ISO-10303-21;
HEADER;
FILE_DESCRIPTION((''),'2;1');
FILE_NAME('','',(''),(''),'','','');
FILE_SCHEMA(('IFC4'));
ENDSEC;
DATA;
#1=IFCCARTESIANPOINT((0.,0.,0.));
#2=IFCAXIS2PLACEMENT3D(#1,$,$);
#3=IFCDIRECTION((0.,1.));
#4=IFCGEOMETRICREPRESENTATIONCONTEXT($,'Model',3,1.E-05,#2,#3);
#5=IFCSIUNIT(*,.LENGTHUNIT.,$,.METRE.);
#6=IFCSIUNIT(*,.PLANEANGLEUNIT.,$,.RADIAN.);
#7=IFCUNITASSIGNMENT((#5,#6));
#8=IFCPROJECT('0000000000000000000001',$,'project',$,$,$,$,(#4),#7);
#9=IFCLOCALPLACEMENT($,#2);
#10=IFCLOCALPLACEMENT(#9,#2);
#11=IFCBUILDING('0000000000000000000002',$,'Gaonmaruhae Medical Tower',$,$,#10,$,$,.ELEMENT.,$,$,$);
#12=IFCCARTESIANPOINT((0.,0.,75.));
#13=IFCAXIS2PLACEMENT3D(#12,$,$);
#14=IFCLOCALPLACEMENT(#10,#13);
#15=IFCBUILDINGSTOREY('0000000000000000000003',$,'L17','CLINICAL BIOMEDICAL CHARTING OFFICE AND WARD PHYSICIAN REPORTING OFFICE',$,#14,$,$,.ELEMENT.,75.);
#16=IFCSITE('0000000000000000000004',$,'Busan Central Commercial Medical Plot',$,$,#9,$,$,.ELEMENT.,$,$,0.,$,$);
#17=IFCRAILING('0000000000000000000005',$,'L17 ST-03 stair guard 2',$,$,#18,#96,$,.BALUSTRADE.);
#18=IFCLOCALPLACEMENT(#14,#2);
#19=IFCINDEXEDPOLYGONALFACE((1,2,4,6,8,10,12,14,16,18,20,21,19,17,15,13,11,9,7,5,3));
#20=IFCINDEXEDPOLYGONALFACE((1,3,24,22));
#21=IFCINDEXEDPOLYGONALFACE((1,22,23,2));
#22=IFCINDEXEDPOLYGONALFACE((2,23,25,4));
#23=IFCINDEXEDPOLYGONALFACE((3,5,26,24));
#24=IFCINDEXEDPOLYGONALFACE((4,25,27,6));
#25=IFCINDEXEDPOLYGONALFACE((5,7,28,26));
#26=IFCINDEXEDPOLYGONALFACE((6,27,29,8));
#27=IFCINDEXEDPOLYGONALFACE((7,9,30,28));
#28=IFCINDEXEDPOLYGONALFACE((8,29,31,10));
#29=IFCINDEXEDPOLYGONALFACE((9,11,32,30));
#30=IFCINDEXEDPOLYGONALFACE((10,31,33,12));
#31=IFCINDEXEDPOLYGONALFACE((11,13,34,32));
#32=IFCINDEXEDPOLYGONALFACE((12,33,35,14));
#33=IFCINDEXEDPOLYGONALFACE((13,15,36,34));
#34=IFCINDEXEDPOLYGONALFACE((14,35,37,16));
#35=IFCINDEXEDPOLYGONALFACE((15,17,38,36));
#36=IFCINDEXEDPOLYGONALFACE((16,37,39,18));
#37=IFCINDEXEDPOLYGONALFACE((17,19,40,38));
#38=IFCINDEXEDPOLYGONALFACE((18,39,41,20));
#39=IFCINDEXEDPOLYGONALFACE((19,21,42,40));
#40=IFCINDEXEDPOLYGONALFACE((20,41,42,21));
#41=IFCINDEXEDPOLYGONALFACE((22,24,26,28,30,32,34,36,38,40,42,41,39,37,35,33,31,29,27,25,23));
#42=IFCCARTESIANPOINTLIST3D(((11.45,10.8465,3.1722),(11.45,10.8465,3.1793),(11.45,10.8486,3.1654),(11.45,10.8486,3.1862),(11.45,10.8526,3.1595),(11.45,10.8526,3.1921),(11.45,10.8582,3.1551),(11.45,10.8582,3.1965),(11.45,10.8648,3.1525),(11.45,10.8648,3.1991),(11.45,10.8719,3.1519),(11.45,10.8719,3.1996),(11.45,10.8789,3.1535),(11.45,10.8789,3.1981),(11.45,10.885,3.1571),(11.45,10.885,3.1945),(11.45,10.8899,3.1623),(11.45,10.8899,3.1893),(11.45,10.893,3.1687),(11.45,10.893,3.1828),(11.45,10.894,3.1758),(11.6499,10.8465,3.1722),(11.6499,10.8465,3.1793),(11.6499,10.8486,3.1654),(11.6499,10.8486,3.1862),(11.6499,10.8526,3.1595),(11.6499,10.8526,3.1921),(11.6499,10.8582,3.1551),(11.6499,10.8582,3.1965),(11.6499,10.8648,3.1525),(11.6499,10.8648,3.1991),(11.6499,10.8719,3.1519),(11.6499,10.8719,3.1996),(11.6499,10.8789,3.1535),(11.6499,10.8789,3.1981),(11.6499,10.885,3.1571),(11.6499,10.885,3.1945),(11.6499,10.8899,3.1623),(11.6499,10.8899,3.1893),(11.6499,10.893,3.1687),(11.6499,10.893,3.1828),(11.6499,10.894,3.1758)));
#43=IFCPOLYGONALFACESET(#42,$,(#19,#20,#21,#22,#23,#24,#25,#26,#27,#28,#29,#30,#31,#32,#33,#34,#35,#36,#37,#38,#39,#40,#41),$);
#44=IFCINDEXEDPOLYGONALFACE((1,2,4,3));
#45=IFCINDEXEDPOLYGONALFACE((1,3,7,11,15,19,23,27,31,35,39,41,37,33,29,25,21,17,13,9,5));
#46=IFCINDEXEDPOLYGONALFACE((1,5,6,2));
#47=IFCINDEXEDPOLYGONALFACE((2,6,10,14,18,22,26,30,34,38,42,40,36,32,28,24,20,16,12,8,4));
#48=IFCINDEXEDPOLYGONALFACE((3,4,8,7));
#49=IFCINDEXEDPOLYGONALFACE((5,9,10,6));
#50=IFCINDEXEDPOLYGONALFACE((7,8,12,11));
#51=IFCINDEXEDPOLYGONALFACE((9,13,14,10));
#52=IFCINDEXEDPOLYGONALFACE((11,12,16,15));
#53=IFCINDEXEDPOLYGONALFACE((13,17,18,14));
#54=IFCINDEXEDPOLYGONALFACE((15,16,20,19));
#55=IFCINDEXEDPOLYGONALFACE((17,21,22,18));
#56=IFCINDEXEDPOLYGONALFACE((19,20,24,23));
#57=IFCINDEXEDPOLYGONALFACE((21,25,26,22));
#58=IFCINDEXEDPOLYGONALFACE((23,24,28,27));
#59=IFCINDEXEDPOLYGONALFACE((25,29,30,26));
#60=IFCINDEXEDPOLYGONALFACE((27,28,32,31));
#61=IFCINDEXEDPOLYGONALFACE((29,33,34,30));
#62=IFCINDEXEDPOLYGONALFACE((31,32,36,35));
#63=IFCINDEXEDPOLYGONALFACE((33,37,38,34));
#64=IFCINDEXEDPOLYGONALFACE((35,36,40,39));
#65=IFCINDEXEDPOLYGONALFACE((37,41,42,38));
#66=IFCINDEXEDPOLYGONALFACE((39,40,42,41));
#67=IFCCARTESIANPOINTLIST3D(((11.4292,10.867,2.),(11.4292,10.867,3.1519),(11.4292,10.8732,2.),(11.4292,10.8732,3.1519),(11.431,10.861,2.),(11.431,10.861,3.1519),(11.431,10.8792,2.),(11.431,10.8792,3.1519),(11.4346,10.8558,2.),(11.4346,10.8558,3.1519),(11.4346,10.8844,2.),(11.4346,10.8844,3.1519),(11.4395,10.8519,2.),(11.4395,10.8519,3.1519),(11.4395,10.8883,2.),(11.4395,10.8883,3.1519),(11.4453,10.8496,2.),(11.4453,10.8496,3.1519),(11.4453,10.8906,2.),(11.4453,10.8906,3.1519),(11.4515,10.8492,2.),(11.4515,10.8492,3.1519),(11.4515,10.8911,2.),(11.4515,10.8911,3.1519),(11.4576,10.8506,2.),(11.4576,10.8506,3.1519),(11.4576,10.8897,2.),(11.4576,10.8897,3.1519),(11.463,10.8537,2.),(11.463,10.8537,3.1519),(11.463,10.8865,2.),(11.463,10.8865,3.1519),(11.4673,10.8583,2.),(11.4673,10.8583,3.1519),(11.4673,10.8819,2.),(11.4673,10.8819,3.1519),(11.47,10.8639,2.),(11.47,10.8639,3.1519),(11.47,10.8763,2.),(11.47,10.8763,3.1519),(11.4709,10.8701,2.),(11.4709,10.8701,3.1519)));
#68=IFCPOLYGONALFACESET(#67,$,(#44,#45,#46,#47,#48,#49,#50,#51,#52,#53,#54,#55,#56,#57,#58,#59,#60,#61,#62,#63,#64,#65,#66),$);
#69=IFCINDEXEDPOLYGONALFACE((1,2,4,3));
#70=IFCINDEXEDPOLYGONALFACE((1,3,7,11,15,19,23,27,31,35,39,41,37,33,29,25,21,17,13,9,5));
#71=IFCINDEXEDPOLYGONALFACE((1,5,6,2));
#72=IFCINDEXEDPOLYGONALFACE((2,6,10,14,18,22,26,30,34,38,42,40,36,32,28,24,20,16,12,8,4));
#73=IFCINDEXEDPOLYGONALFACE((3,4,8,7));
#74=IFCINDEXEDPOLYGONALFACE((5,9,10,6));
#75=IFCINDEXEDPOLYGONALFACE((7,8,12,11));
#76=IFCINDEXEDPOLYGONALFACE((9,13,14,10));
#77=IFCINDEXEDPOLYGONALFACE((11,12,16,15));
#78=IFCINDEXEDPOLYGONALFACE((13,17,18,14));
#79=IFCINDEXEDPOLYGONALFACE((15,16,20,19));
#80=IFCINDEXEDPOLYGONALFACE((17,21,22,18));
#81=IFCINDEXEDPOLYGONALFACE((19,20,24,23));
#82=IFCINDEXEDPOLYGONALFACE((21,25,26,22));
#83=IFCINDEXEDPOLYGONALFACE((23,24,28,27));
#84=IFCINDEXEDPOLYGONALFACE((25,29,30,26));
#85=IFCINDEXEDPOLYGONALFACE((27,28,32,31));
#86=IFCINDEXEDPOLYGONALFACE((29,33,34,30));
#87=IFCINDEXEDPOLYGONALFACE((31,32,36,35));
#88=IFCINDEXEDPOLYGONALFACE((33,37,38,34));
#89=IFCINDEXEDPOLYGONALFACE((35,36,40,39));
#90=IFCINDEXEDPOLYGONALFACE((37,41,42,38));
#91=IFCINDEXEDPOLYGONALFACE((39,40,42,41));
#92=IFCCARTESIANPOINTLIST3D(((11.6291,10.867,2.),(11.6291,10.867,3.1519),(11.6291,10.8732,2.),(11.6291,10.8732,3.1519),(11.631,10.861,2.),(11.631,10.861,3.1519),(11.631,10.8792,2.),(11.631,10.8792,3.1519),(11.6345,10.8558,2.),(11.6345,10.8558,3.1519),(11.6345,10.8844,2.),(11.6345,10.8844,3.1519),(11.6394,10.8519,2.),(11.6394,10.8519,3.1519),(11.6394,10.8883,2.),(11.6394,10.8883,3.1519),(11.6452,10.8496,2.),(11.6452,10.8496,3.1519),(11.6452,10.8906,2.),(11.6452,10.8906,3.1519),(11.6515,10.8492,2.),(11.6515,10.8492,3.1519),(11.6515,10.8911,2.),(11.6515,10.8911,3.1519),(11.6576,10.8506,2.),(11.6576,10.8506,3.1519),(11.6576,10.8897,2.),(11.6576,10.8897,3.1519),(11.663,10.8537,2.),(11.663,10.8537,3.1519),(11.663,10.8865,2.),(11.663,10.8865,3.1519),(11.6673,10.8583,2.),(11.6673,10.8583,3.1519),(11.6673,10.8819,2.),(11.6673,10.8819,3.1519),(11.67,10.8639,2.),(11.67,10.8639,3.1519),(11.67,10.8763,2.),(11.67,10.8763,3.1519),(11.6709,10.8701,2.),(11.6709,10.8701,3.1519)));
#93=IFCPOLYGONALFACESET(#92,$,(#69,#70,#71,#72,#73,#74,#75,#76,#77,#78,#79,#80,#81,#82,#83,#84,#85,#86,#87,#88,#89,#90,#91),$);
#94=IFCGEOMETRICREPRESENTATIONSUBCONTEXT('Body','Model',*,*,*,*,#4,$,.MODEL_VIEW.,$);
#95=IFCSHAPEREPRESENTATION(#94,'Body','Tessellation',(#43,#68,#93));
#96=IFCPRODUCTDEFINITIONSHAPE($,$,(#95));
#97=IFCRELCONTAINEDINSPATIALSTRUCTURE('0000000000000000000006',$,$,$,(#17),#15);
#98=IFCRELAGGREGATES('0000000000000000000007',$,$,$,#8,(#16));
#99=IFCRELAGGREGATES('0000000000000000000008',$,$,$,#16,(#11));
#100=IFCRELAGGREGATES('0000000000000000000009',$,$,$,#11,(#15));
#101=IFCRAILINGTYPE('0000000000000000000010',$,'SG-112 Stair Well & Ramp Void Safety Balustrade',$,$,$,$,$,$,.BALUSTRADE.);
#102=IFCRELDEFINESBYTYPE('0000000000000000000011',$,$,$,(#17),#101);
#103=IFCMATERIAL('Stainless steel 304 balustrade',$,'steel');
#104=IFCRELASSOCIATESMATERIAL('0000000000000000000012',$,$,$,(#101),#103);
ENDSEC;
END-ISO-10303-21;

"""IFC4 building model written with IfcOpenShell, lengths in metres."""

from ifc_helpers import new_model, si_unit, direction, frame, origin, origin_2d, place, context, subcontext, project, spatial, circle, extrude, material, type_object, element, save


model = new_model("IFC4")

# Units and contexts
model_context = context("Model", 3, precision=1e-05, world=origin(), true_north=direction((0.0, 1.0)))
body_context = subcontext(model_context, "Body", "Model", "MODEL_VIEW")
ifc_project = project(units=[si_unit("LENGTHUNIT", "METRE"), si_unit("PLANEANGLEUNIT", "RADIAN")], contexts=[model_context])

# Site, building, storey
site_placement = place(None, origin())
site = spatial("IfcSite", under=ifc_project, at=site_placement, Name="Busan Central Commercial Medical Plot", CompositionType="ELEMENT", RefElevation=0.0)
building_placement = place(site_placement, origin())
building = spatial("IfcBuilding", under=site, at=building_placement, Name="Gaonmaruhae Medical Tower", CompositionType="ELEMENT")
storey_placement = place(building_placement, frame((0.0, 0.0, 75.0)))
storey = spatial("IfcBuildingStorey", under=building, at=storey_placement, Name="L17", Description="CLINICAL BIOMEDICAL CHARTING OFFICE AND WARD PHYSICIAN REPORTING OFFICE", CompositionType="ELEMENT", Elevation=75.0)

# Railing
ifc_material_1 = material(Name="Stainless steel 304 balustrade", Category="steel")
railing_type_1 = type_object("IfcRailingType", Name="SG-112 Stair Well & Ramp Void Safety Balustrade", PredefinedType="BALUSTRADE", material=ifc_material_1)
railing_1_placement = place(storey_placement, frame((11.45, 10.8701, 2.0)))
element("IfcRailing", 1, at=railing_1_placement, inside=storey, type_object=railing_type_1, Name="L17 ST-03 stair guard 2", PredefinedType="BALUSTRADE", context=body_context, shape_type="SweptSolid", body=[
    extrude(circle(Radius=0.0239, at=origin_2d()), frame((0.0, 0.0, 1.1758), z_axis=(1.0, 0.0, 0.0), x_axis=(0.0, 1.0, 0.0)), (0.0, 0.0, 1.0), 0.2),
    extrude(circle(Radius=0.021, at=origin_2d()), origin(), (0.0, 0.0, 1.0), 1.1519),
    extrude(circle(Radius=0.021, at=origin_2d()), frame((0.2, 0.0, 0.0)), (0.0, 0.0, 1.0), 1.1519),
])

save(model, "model.ifc")
